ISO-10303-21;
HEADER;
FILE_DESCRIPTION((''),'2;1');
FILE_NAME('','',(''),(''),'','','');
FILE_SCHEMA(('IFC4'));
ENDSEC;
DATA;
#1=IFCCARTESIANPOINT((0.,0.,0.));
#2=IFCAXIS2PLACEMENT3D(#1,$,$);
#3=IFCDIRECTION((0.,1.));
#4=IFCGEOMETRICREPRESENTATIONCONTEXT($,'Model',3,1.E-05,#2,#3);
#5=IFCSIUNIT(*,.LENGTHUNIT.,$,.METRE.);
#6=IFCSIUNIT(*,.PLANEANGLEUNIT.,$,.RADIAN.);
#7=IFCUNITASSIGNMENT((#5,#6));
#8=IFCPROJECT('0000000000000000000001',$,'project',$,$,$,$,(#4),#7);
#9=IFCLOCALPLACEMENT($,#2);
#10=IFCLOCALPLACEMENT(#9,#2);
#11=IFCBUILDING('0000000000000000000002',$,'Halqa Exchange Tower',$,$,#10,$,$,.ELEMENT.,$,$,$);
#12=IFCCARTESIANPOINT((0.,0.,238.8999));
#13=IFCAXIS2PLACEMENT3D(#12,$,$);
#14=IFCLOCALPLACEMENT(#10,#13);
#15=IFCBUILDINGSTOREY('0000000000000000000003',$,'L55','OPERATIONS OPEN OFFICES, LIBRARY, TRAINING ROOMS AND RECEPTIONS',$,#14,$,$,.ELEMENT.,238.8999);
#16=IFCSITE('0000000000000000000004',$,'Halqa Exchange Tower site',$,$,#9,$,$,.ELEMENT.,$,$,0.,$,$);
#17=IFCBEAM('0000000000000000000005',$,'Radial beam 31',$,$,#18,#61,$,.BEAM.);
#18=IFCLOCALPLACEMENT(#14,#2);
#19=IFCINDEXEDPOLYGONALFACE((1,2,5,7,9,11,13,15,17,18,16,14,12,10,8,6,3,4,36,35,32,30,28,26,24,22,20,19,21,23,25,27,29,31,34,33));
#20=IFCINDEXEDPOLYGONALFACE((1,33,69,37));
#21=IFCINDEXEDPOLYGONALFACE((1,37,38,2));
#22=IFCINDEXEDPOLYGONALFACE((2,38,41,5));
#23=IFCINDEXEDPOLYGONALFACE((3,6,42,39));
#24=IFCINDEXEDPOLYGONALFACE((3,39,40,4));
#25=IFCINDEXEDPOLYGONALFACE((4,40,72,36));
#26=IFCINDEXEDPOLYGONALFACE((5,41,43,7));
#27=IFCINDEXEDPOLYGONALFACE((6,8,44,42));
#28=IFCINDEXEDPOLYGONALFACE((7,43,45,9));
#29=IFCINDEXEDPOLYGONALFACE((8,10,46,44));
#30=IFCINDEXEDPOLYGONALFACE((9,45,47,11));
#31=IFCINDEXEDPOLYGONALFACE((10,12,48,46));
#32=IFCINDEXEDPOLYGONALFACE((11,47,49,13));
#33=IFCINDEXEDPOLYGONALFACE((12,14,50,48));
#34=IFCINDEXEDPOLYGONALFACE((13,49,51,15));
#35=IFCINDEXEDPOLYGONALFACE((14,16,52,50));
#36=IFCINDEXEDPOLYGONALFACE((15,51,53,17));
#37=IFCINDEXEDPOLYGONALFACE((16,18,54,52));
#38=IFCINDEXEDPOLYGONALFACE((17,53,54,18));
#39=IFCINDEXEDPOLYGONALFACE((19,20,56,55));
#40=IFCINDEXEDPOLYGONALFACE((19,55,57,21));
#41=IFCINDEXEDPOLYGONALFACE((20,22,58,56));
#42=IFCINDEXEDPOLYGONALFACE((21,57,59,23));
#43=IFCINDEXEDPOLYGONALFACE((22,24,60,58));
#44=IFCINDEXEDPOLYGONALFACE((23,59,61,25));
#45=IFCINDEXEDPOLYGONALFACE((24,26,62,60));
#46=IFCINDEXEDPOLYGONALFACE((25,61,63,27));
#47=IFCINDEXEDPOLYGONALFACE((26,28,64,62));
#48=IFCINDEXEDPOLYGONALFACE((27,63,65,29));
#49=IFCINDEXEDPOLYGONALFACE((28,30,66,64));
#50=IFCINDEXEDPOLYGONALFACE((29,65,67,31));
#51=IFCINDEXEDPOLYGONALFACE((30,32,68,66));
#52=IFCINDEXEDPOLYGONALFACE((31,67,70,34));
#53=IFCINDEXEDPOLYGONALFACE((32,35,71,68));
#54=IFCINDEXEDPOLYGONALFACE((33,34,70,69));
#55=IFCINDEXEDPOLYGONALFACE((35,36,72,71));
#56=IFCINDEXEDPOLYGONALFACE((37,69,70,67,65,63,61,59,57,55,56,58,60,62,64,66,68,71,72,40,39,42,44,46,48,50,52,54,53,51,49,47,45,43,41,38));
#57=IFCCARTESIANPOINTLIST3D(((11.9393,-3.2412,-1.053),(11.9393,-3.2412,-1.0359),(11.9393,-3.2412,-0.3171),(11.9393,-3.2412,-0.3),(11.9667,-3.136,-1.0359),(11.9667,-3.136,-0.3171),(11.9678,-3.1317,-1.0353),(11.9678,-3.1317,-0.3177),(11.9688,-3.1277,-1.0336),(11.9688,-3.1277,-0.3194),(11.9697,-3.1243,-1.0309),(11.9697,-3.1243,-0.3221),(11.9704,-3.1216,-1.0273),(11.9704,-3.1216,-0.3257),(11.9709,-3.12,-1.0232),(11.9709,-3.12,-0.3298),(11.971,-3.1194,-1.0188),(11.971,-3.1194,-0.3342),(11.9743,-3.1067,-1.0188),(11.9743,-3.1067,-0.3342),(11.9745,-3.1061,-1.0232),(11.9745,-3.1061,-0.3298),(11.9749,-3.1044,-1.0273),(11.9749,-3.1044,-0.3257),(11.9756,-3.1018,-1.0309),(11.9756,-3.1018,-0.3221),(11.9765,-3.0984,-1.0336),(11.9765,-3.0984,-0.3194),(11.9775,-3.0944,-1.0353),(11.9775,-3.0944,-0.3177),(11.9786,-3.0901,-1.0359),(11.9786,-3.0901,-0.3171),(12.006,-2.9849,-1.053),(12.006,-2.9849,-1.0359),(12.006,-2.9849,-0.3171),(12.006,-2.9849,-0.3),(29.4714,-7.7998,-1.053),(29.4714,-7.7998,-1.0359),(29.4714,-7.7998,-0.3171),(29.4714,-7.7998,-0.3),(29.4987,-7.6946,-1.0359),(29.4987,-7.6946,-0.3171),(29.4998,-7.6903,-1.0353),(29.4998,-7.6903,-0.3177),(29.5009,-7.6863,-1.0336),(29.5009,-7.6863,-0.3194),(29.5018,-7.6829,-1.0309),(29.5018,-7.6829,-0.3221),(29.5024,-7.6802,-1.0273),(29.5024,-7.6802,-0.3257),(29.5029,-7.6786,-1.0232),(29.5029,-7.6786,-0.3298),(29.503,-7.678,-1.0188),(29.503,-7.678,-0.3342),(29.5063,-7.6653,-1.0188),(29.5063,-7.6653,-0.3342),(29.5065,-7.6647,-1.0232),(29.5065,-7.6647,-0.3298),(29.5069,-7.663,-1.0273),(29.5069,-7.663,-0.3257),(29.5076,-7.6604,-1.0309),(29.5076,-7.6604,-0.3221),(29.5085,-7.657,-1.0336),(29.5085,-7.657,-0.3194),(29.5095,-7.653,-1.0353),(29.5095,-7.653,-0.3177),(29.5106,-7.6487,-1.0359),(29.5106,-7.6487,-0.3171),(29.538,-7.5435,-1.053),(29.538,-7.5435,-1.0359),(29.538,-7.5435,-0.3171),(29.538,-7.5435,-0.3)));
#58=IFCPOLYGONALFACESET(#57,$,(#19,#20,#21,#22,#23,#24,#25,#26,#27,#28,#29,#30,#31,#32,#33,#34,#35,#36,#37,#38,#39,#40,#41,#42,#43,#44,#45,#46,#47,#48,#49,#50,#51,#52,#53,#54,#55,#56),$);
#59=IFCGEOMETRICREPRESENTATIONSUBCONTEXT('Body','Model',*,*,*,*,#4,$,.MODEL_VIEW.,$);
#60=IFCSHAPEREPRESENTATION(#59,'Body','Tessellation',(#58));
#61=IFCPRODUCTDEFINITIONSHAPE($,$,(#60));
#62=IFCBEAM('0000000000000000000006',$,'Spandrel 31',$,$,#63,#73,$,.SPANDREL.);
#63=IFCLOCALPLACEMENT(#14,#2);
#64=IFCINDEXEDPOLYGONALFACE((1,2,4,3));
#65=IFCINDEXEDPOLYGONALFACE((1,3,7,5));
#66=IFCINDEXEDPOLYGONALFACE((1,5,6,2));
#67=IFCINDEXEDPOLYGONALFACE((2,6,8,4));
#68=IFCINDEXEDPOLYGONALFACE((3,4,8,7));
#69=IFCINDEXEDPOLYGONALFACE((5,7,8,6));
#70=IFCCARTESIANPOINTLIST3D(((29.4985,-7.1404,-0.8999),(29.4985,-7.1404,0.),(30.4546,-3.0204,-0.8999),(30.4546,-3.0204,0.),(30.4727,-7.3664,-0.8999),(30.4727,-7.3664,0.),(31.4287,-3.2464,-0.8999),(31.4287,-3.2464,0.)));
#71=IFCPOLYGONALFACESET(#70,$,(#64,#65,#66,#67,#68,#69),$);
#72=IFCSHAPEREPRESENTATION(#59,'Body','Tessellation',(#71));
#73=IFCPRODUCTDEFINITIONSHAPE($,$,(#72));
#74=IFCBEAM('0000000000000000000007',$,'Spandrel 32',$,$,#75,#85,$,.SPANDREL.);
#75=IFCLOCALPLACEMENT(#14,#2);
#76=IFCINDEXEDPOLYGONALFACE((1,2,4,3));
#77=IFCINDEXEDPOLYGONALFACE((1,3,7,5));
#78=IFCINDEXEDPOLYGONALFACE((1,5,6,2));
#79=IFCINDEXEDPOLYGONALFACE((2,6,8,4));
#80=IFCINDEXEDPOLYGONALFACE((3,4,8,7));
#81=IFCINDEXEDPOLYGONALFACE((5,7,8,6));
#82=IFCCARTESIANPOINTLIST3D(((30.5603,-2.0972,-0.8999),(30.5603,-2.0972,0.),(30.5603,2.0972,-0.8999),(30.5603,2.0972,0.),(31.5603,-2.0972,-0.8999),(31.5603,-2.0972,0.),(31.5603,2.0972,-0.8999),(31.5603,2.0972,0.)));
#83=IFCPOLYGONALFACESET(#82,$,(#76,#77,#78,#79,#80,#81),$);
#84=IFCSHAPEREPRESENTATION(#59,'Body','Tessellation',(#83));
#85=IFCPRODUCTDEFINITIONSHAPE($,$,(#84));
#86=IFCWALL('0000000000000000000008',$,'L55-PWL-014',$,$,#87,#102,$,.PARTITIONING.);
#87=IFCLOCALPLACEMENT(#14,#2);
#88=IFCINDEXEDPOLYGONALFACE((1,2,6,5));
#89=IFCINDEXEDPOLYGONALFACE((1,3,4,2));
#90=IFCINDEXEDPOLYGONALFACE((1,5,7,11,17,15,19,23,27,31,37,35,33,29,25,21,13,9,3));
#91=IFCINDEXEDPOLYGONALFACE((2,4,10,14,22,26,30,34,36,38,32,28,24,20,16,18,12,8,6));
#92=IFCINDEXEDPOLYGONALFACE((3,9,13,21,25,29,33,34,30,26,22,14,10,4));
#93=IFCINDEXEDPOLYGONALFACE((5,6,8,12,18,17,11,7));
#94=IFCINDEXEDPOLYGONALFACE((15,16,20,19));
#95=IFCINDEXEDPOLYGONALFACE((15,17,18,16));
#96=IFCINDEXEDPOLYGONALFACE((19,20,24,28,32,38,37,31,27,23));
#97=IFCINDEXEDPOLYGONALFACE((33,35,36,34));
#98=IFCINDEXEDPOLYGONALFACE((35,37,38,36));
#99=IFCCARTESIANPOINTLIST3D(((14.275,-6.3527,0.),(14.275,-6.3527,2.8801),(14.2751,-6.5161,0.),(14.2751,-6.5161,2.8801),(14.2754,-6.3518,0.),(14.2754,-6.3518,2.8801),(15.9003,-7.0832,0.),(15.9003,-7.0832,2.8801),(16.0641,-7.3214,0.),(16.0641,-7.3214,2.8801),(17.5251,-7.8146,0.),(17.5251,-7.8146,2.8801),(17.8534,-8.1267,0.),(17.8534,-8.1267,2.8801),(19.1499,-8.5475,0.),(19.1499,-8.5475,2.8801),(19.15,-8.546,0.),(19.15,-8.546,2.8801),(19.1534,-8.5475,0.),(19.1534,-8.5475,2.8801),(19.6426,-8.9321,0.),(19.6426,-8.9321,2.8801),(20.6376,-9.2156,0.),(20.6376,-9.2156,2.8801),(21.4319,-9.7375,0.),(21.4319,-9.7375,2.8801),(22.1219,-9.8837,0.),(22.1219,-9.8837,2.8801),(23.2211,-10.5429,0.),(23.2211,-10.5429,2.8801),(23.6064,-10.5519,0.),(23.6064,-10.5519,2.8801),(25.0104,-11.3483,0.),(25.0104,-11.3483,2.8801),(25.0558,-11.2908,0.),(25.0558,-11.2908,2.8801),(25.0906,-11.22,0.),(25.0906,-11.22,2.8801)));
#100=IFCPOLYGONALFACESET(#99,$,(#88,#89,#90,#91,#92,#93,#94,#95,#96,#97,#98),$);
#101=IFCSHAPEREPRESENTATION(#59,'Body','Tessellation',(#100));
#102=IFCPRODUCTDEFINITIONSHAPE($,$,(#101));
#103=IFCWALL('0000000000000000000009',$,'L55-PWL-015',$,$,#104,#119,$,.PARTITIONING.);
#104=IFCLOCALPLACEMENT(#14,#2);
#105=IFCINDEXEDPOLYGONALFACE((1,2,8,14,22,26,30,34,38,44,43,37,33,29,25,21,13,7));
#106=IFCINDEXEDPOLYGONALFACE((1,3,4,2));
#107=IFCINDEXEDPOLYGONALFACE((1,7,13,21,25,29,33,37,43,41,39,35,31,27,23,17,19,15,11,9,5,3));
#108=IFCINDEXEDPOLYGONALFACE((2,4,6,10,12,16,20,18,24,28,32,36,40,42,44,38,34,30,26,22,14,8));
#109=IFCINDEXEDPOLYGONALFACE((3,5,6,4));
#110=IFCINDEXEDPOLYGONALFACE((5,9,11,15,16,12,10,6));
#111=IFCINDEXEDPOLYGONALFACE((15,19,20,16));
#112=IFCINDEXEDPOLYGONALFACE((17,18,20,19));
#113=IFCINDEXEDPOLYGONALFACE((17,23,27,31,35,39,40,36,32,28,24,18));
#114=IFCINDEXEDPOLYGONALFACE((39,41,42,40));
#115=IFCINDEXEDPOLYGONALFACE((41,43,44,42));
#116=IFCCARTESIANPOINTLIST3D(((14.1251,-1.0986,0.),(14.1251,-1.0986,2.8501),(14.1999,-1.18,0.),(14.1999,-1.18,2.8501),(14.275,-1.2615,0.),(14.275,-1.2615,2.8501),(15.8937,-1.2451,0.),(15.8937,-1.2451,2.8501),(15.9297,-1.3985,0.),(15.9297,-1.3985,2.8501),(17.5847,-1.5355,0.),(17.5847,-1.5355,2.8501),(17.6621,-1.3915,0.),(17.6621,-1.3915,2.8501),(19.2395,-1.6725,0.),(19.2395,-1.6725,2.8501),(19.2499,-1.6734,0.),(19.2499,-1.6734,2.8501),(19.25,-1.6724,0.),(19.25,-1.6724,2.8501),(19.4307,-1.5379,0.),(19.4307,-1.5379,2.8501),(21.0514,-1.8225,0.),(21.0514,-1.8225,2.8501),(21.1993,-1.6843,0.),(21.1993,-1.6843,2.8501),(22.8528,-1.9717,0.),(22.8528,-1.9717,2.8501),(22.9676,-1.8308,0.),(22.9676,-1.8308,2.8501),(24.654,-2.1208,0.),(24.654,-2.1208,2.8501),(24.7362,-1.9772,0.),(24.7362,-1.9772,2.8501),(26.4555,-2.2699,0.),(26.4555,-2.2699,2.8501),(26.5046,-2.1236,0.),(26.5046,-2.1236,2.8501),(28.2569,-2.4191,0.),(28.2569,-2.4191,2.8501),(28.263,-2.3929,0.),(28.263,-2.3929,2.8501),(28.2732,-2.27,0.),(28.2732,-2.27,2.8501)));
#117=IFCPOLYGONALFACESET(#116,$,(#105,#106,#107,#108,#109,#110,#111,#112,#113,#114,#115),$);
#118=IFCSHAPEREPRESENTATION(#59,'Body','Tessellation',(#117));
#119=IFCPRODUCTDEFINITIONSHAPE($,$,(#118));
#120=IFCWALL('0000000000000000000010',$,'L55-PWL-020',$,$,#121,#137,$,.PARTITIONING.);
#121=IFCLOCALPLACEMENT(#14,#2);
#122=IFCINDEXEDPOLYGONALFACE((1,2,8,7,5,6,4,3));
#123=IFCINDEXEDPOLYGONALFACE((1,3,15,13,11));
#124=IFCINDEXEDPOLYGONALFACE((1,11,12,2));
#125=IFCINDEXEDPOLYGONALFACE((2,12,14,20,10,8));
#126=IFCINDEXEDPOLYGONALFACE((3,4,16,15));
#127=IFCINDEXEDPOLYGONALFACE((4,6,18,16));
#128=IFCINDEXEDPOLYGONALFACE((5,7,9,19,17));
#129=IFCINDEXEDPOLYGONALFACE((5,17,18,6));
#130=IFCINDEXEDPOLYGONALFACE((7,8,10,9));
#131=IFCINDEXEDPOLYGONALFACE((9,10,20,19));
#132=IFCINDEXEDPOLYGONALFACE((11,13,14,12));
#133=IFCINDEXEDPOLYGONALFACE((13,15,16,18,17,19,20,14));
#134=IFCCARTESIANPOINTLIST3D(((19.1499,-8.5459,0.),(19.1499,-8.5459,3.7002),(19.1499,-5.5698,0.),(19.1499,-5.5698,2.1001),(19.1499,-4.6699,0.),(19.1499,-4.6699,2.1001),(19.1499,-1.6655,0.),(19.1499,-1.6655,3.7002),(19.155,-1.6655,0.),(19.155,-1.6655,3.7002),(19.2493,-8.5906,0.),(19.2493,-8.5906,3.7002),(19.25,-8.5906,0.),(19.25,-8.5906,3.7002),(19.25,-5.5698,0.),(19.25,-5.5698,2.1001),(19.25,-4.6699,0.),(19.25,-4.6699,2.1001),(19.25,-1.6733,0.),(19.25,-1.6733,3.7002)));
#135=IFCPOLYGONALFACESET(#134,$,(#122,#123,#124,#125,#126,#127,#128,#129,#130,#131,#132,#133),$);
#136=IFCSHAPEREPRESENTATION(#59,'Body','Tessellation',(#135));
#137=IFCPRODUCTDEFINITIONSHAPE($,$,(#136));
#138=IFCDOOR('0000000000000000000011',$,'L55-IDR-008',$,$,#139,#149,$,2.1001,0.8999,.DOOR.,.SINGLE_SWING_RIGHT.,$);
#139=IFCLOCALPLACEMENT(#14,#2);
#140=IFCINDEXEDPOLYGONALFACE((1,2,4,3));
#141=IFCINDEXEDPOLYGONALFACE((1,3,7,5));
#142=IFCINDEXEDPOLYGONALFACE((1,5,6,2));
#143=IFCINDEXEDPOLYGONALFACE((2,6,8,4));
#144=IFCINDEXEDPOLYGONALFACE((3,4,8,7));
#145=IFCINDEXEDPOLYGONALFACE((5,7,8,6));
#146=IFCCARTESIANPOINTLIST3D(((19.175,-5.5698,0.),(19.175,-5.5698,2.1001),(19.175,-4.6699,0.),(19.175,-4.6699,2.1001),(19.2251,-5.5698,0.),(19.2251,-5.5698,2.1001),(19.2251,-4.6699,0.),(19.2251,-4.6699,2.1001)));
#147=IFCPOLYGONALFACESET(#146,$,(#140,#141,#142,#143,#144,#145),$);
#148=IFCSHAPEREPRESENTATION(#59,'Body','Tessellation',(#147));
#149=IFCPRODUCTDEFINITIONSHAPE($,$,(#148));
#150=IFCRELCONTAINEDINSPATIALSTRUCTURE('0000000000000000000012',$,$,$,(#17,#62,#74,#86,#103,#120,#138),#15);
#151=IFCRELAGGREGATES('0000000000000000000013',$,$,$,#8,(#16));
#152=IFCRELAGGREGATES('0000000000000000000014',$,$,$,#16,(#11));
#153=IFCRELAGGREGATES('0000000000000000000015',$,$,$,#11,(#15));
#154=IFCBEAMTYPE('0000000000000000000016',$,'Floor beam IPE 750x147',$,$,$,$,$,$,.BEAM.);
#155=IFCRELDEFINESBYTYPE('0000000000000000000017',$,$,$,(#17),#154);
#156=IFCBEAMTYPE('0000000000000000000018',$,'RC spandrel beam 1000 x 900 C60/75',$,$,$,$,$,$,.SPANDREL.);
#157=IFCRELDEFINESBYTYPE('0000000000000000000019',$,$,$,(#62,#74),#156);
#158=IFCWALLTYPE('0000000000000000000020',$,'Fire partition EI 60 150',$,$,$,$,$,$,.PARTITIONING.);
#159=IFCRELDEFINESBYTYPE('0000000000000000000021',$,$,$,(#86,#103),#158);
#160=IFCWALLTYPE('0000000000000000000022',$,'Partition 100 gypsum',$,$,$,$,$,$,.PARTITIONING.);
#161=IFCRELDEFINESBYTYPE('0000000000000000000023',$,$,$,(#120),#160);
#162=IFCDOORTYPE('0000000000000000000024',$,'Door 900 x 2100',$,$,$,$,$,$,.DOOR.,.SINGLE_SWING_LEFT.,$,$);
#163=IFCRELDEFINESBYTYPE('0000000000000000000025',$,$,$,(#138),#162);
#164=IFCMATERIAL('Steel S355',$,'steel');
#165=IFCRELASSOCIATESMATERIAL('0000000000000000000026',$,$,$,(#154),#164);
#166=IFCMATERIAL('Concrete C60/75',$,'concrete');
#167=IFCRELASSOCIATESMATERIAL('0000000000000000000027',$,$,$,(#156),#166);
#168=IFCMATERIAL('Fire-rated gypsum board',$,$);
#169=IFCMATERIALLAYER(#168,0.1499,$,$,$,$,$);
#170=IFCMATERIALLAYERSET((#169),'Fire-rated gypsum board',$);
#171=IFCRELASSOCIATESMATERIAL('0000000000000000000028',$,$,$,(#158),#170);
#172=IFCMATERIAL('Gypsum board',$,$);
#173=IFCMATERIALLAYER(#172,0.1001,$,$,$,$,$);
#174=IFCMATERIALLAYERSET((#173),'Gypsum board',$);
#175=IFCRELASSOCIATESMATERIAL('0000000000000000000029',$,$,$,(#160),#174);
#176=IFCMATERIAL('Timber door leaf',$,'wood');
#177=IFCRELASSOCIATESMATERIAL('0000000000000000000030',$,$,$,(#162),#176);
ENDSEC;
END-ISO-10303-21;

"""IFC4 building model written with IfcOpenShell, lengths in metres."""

from ifc_helpers import new_model, si_unit, direction, frame, frame_2d, origin, origin_2d, place, context, subcontext, project, spatial, polyline, rectangle, i_section, outline, extrude, material, layer, layer_set, material_profile, profile_set, type_object, element, fill, save


model = new_model("IFC4")

# Units and contexts
model_context = context("Model", 3, precision=1e-05, world=origin(), true_north=direction((0.0, 1.0)))
body_context = subcontext(model_context, "Body", "Model", "MODEL_VIEW")
ifc_project = project(units=[si_unit("LENGTHUNIT", "METRE"), si_unit("PLANEANGLEUNIT", "RADIAN")], contexts=[model_context])

# Site, building, storey
site_placement = place(None, origin())
site = spatial("IfcSite", under=ifc_project, at=site_placement, Name="Halqa Exchange Tower site", CompositionType="ELEMENT", RefElevation=0.0)
building_placement = place(site_placement, origin())
building = spatial("IfcBuilding", under=site, at=building_placement, Name="Halqa Exchange Tower", CompositionType="ELEMENT")
storey_placement = place(building_placement, frame((0.0, 0.0, 238.8999)))
storey = spatial("IfcBuildingStorey", under=building, at=storey_placement, Name="L55", Description="OPERATIONS OPEN OFFICES, LIBRARY, TRAINING ROOMS AND RECEPTIONS", CompositionType="ELEMENT", Elevation=238.8999)

# Shared definitions
ifc_material_1 = material(Name="Concrete C60/75", Category="concrete")

# Beams
ifc_material_2 = material(Name="Steel S355", Category="steel")
ifc_material_profile_1 = material_profile(ifc_material_2, i_section(OverallWidth=0.2649, OverallDepth=0.7529, WebThickness=0.0132, FlangeThickness=0.0171, FilletRadius=0.0171, at=origin_2d()), Name="IPE 750x147")
ifc_profile_set_1 = profile_set([ifc_material_profile_1], Name="Steel S355")
beam_type_1 = type_object("IfcBeamType", Name="Floor beam IPE 750x147", PredefinedType="BEAM", material=ifc_profile_set_1)
beam_1_placement = place(storey_placement, frame((11.9727, -3.113, -0.6765), z_axis=(0.967819, -0.251648, 0.0), x_axis=(0.251648, 0.967819, 0.0)))
element("IfcBeam", 1, at=beam_1_placement, inside=storey, type_object=beam_type_1, Name="Radial beam 31", PredefinedType="BEAM", context=body_context, shape_type="SweptSolid", body=[
    extrude(i_section(OverallWidth=0.2649, OverallDepth=0.7529, WebThickness=0.0132, FlangeThickness=0.0171, FilletRadius=0.0171, at=origin_2d()), origin(), (0.0, 0.0, 1.0), 18.115),
])
ifc_material_profile_2 = material_profile(ifc_material_1, rectangle(XDim=1.0, YDim=0.8999, at=origin_2d()), Name="1000 x 900")
ifc_profile_set_2 = profile_set([ifc_material_profile_2], Name="Concrete C60/75")
beam_type_2 = type_object("IfcBeamType", Name="RC spandrel beam 1000 x 900 C60/75", PredefinedType="SPANDREL", material=ifc_profile_set_2)
beam_2_placement = place(storey_placement, frame((29.9856, -7.2534, -0.45), z_axis=(0.22604, 0.974118, 0.0), x_axis=(-0.974118, 0.22604, 0.0)))
element("IfcBeam", 2, at=beam_2_placement, inside=storey, type_object=beam_type_2, Name="Spandrel 31", PredefinedType="SPANDREL", context=body_context, shape_type="SweptSolid", body=[
    extrude(rectangle(XDim=1.0, YDim=0.8999, at=origin_2d()), origin(), (0.0, 0.0, 1.0), 4.2295),
])
beam_3_placement = place(storey_placement, frame((31.0603, -2.0972, -0.45), z_axis=(0.0, 1.0, 0.0), x_axis=(-1.0, 0.0, 0.0)))
element("IfcBeam", 3, at=beam_3_placement, inside=storey, type_object=beam_type_2, Name="Spandrel 32", PredefinedType="SPANDREL", context=body_context, shape_type="SweptSolid", body=[
    extrude(rectangle(XDim=1.0, YDim=0.8999, at=origin_2d()), origin(), (0.0, 0.0, 1.0), 4.1943),
])

# Walls
ifc_material_3 = material(Name="Fire-rated gypsum board")
ifc_layer_1 = layer(ifc_material_3, 0.1499)
ifc_layer_set_1 = layer_set([ifc_layer_1], Name="Fire-rated gypsum board")
wall_type_1 = type_object("IfcWallType", Name="Fire partition EI 60 150", PredefinedType="PARTITIONING", material=ifc_layer_set_1)
wall_1_placement = place(storey_placement, frame((14.2446, -6.4202, 0.0), z_axis=(0.0, 0.0, 1.0), x_axis=(0.91188, -0.410458, 0.0)))
element("IfcWall", 4, at=wall_1_placement, inside=storey, type_object=wall_type_1, Name="L55-PWL-014", PredefinedType="PARTITIONING", context=body_context, shape_type="SweptSolid", body=[
    extrude(outline(polyline([(0.0671, -0.075), (2.0291, -0.075), (3.9912, -0.075), (5.9534, -0.075), (7.9155, -0.075), (9.8777, -0.075), (11.8398, -0.075), (11.8577, -0.0039), (11.8604, 0.075), (10.2327, 0.075), (8.6047, 0.075), (6.9771, 0.075), (5.3494, 0.075), (5.3462, 0.0735), (5.3457, 0.075), (3.5637, 0.075), (1.782, 0.075), (0.0, 0.075), (0.0, 0.074), (0.0671, -0.075)])), origin(), (0.0, 0.0, 1.0), 2.8801),
])
wall_2_placement = place(storey_placement, frame((14.1189, -1.1733, 0.0), z_axis=(0.0, 0.0, 1.0), x_axis=(0.99659, -0.082512, 0.0)))
element("IfcWall", 5, at=wall_2_placement, inside=storey, type_object=wall_type_1, Name="L55-PWL-015", PredefinedType="PARTITIONING", context=body_context, shape_type="SweptSolid", body=[
    extrude(outline(polyline([(0.1628, -0.075), (1.8232, -0.075), (3.4839, -0.075), (5.1443, -0.075), (5.1548, -0.074), (5.1548, -0.075), (6.9624, -0.075), (8.77, -0.075), (10.5774, -0.075), (12.385, -0.075), (14.1926, -0.075), (14.1965, -0.0483), (14.1965, 0.075), (12.4219, 0.075), (10.6475, 0.075), (8.8728, 0.075), (7.0984, 0.075), (5.3237, 0.075), (3.5491, 0.075), (1.7747, 0.075), (0.0, 0.075), (0.0813, 0.0), (0.1628, -0.075)])), origin(), (0.0, 0.0, 1.0), 2.8501),
])

# Wall, opening, door
ifc_material_4 = material(Name="Gypsum board")
ifc_layer_2 = layer(ifc_material_4, 0.1001)
ifc_layer_set_2 = layer_set([ifc_layer_2], Name="Gypsum board")
wall_type_2 = type_object("IfcWallType", Name="Partition 100 gypsum", PredefinedType="PARTITIONING", material=ifc_layer_set_2)
wall_3_placement = place(storey_placement, frame((19.2, -1.6655, 0.0), z_axis=(0.0, 0.0, 1.0), x_axis=(0.0, -1.0, 0.0)))
wall_3 = element("IfcWall", 6, at=wall_3_placement, inside=storey, type_object=wall_type_2, Name="L55-PWL-020", PredefinedType="PARTITIONING", context=body_context, shape_type="SweptSolid", body=[
    extrude(outline(polyline([(0.0, -0.05), (1.72, -0.05), (3.4402, -0.05), (5.1602, -0.05), (6.8804, -0.05), (6.925, 0.0493), (6.925, 0.05), (5.1958, 0.05), (3.4666, 0.05), (1.7371, 0.05), (0.0078, 0.05), (0.0, -0.0449), (0.0, -0.05)])), origin(), (0.0, 0.0, 1.0), 3.7002),
])
opening_1_placement = place(wall_3_placement, frame((3.0044, 0.0, 0.0)))
opening_1 = element("IfcOpeningElement", 7, at=opening_1_placement, cuts=wall_3, PredefinedType="OPENING", context=body_context, shape_type="SweptSolid", body=[
    extrude(rectangle(XDim=0.8999, YDim=2.1001, at=frame_2d((0.45, 1.05))), frame((0.0, 0.062, 0.0), z_axis=(0.0, -1.0, 0.0), x_axis=(1.0, 0.0, 0.0)), (0.0, 0.0, 1.0), 0.124),
])
ifc_material_5 = material(Name="Timber door leaf", Category="wood")
door_type_1 = type_object("IfcDoorType", Name="Door 900 x 2100", OperationType="SINGLE_SWING_LEFT", PredefinedType="DOOR", material=ifc_material_5)
door_1_placement = place(opening_1_placement, frame((0.8999, 0.0, 0.0), z_axis=(0.0, 0.0, 1.0), x_axis=(-1.0, 0.0, 0.0)))
door_1 = element("IfcDoor", 8, at=door_1_placement, inside=storey, type_object=door_type_1, Name="L55-IDR-008", OperationType="SINGLE_SWING_RIGHT", OverallHeight=2.1001, OverallWidth=0.8999, PredefinedType="DOOR", context=body_context, shape_type="SweptSolid", body=[
    extrude(rectangle(XDim=0.8999, YDim=2.1001, at=frame_2d((0.45, 1.05))), frame((0.0, 0.0249, 0.0), z_axis=(0.0, -1.0, 0.0), x_axis=(1.0, 0.0, 0.0)), (0.0, 0.0, 1.0), 0.05),
])
fill(opening_1, door_1)

save(model, "model.ifc")
